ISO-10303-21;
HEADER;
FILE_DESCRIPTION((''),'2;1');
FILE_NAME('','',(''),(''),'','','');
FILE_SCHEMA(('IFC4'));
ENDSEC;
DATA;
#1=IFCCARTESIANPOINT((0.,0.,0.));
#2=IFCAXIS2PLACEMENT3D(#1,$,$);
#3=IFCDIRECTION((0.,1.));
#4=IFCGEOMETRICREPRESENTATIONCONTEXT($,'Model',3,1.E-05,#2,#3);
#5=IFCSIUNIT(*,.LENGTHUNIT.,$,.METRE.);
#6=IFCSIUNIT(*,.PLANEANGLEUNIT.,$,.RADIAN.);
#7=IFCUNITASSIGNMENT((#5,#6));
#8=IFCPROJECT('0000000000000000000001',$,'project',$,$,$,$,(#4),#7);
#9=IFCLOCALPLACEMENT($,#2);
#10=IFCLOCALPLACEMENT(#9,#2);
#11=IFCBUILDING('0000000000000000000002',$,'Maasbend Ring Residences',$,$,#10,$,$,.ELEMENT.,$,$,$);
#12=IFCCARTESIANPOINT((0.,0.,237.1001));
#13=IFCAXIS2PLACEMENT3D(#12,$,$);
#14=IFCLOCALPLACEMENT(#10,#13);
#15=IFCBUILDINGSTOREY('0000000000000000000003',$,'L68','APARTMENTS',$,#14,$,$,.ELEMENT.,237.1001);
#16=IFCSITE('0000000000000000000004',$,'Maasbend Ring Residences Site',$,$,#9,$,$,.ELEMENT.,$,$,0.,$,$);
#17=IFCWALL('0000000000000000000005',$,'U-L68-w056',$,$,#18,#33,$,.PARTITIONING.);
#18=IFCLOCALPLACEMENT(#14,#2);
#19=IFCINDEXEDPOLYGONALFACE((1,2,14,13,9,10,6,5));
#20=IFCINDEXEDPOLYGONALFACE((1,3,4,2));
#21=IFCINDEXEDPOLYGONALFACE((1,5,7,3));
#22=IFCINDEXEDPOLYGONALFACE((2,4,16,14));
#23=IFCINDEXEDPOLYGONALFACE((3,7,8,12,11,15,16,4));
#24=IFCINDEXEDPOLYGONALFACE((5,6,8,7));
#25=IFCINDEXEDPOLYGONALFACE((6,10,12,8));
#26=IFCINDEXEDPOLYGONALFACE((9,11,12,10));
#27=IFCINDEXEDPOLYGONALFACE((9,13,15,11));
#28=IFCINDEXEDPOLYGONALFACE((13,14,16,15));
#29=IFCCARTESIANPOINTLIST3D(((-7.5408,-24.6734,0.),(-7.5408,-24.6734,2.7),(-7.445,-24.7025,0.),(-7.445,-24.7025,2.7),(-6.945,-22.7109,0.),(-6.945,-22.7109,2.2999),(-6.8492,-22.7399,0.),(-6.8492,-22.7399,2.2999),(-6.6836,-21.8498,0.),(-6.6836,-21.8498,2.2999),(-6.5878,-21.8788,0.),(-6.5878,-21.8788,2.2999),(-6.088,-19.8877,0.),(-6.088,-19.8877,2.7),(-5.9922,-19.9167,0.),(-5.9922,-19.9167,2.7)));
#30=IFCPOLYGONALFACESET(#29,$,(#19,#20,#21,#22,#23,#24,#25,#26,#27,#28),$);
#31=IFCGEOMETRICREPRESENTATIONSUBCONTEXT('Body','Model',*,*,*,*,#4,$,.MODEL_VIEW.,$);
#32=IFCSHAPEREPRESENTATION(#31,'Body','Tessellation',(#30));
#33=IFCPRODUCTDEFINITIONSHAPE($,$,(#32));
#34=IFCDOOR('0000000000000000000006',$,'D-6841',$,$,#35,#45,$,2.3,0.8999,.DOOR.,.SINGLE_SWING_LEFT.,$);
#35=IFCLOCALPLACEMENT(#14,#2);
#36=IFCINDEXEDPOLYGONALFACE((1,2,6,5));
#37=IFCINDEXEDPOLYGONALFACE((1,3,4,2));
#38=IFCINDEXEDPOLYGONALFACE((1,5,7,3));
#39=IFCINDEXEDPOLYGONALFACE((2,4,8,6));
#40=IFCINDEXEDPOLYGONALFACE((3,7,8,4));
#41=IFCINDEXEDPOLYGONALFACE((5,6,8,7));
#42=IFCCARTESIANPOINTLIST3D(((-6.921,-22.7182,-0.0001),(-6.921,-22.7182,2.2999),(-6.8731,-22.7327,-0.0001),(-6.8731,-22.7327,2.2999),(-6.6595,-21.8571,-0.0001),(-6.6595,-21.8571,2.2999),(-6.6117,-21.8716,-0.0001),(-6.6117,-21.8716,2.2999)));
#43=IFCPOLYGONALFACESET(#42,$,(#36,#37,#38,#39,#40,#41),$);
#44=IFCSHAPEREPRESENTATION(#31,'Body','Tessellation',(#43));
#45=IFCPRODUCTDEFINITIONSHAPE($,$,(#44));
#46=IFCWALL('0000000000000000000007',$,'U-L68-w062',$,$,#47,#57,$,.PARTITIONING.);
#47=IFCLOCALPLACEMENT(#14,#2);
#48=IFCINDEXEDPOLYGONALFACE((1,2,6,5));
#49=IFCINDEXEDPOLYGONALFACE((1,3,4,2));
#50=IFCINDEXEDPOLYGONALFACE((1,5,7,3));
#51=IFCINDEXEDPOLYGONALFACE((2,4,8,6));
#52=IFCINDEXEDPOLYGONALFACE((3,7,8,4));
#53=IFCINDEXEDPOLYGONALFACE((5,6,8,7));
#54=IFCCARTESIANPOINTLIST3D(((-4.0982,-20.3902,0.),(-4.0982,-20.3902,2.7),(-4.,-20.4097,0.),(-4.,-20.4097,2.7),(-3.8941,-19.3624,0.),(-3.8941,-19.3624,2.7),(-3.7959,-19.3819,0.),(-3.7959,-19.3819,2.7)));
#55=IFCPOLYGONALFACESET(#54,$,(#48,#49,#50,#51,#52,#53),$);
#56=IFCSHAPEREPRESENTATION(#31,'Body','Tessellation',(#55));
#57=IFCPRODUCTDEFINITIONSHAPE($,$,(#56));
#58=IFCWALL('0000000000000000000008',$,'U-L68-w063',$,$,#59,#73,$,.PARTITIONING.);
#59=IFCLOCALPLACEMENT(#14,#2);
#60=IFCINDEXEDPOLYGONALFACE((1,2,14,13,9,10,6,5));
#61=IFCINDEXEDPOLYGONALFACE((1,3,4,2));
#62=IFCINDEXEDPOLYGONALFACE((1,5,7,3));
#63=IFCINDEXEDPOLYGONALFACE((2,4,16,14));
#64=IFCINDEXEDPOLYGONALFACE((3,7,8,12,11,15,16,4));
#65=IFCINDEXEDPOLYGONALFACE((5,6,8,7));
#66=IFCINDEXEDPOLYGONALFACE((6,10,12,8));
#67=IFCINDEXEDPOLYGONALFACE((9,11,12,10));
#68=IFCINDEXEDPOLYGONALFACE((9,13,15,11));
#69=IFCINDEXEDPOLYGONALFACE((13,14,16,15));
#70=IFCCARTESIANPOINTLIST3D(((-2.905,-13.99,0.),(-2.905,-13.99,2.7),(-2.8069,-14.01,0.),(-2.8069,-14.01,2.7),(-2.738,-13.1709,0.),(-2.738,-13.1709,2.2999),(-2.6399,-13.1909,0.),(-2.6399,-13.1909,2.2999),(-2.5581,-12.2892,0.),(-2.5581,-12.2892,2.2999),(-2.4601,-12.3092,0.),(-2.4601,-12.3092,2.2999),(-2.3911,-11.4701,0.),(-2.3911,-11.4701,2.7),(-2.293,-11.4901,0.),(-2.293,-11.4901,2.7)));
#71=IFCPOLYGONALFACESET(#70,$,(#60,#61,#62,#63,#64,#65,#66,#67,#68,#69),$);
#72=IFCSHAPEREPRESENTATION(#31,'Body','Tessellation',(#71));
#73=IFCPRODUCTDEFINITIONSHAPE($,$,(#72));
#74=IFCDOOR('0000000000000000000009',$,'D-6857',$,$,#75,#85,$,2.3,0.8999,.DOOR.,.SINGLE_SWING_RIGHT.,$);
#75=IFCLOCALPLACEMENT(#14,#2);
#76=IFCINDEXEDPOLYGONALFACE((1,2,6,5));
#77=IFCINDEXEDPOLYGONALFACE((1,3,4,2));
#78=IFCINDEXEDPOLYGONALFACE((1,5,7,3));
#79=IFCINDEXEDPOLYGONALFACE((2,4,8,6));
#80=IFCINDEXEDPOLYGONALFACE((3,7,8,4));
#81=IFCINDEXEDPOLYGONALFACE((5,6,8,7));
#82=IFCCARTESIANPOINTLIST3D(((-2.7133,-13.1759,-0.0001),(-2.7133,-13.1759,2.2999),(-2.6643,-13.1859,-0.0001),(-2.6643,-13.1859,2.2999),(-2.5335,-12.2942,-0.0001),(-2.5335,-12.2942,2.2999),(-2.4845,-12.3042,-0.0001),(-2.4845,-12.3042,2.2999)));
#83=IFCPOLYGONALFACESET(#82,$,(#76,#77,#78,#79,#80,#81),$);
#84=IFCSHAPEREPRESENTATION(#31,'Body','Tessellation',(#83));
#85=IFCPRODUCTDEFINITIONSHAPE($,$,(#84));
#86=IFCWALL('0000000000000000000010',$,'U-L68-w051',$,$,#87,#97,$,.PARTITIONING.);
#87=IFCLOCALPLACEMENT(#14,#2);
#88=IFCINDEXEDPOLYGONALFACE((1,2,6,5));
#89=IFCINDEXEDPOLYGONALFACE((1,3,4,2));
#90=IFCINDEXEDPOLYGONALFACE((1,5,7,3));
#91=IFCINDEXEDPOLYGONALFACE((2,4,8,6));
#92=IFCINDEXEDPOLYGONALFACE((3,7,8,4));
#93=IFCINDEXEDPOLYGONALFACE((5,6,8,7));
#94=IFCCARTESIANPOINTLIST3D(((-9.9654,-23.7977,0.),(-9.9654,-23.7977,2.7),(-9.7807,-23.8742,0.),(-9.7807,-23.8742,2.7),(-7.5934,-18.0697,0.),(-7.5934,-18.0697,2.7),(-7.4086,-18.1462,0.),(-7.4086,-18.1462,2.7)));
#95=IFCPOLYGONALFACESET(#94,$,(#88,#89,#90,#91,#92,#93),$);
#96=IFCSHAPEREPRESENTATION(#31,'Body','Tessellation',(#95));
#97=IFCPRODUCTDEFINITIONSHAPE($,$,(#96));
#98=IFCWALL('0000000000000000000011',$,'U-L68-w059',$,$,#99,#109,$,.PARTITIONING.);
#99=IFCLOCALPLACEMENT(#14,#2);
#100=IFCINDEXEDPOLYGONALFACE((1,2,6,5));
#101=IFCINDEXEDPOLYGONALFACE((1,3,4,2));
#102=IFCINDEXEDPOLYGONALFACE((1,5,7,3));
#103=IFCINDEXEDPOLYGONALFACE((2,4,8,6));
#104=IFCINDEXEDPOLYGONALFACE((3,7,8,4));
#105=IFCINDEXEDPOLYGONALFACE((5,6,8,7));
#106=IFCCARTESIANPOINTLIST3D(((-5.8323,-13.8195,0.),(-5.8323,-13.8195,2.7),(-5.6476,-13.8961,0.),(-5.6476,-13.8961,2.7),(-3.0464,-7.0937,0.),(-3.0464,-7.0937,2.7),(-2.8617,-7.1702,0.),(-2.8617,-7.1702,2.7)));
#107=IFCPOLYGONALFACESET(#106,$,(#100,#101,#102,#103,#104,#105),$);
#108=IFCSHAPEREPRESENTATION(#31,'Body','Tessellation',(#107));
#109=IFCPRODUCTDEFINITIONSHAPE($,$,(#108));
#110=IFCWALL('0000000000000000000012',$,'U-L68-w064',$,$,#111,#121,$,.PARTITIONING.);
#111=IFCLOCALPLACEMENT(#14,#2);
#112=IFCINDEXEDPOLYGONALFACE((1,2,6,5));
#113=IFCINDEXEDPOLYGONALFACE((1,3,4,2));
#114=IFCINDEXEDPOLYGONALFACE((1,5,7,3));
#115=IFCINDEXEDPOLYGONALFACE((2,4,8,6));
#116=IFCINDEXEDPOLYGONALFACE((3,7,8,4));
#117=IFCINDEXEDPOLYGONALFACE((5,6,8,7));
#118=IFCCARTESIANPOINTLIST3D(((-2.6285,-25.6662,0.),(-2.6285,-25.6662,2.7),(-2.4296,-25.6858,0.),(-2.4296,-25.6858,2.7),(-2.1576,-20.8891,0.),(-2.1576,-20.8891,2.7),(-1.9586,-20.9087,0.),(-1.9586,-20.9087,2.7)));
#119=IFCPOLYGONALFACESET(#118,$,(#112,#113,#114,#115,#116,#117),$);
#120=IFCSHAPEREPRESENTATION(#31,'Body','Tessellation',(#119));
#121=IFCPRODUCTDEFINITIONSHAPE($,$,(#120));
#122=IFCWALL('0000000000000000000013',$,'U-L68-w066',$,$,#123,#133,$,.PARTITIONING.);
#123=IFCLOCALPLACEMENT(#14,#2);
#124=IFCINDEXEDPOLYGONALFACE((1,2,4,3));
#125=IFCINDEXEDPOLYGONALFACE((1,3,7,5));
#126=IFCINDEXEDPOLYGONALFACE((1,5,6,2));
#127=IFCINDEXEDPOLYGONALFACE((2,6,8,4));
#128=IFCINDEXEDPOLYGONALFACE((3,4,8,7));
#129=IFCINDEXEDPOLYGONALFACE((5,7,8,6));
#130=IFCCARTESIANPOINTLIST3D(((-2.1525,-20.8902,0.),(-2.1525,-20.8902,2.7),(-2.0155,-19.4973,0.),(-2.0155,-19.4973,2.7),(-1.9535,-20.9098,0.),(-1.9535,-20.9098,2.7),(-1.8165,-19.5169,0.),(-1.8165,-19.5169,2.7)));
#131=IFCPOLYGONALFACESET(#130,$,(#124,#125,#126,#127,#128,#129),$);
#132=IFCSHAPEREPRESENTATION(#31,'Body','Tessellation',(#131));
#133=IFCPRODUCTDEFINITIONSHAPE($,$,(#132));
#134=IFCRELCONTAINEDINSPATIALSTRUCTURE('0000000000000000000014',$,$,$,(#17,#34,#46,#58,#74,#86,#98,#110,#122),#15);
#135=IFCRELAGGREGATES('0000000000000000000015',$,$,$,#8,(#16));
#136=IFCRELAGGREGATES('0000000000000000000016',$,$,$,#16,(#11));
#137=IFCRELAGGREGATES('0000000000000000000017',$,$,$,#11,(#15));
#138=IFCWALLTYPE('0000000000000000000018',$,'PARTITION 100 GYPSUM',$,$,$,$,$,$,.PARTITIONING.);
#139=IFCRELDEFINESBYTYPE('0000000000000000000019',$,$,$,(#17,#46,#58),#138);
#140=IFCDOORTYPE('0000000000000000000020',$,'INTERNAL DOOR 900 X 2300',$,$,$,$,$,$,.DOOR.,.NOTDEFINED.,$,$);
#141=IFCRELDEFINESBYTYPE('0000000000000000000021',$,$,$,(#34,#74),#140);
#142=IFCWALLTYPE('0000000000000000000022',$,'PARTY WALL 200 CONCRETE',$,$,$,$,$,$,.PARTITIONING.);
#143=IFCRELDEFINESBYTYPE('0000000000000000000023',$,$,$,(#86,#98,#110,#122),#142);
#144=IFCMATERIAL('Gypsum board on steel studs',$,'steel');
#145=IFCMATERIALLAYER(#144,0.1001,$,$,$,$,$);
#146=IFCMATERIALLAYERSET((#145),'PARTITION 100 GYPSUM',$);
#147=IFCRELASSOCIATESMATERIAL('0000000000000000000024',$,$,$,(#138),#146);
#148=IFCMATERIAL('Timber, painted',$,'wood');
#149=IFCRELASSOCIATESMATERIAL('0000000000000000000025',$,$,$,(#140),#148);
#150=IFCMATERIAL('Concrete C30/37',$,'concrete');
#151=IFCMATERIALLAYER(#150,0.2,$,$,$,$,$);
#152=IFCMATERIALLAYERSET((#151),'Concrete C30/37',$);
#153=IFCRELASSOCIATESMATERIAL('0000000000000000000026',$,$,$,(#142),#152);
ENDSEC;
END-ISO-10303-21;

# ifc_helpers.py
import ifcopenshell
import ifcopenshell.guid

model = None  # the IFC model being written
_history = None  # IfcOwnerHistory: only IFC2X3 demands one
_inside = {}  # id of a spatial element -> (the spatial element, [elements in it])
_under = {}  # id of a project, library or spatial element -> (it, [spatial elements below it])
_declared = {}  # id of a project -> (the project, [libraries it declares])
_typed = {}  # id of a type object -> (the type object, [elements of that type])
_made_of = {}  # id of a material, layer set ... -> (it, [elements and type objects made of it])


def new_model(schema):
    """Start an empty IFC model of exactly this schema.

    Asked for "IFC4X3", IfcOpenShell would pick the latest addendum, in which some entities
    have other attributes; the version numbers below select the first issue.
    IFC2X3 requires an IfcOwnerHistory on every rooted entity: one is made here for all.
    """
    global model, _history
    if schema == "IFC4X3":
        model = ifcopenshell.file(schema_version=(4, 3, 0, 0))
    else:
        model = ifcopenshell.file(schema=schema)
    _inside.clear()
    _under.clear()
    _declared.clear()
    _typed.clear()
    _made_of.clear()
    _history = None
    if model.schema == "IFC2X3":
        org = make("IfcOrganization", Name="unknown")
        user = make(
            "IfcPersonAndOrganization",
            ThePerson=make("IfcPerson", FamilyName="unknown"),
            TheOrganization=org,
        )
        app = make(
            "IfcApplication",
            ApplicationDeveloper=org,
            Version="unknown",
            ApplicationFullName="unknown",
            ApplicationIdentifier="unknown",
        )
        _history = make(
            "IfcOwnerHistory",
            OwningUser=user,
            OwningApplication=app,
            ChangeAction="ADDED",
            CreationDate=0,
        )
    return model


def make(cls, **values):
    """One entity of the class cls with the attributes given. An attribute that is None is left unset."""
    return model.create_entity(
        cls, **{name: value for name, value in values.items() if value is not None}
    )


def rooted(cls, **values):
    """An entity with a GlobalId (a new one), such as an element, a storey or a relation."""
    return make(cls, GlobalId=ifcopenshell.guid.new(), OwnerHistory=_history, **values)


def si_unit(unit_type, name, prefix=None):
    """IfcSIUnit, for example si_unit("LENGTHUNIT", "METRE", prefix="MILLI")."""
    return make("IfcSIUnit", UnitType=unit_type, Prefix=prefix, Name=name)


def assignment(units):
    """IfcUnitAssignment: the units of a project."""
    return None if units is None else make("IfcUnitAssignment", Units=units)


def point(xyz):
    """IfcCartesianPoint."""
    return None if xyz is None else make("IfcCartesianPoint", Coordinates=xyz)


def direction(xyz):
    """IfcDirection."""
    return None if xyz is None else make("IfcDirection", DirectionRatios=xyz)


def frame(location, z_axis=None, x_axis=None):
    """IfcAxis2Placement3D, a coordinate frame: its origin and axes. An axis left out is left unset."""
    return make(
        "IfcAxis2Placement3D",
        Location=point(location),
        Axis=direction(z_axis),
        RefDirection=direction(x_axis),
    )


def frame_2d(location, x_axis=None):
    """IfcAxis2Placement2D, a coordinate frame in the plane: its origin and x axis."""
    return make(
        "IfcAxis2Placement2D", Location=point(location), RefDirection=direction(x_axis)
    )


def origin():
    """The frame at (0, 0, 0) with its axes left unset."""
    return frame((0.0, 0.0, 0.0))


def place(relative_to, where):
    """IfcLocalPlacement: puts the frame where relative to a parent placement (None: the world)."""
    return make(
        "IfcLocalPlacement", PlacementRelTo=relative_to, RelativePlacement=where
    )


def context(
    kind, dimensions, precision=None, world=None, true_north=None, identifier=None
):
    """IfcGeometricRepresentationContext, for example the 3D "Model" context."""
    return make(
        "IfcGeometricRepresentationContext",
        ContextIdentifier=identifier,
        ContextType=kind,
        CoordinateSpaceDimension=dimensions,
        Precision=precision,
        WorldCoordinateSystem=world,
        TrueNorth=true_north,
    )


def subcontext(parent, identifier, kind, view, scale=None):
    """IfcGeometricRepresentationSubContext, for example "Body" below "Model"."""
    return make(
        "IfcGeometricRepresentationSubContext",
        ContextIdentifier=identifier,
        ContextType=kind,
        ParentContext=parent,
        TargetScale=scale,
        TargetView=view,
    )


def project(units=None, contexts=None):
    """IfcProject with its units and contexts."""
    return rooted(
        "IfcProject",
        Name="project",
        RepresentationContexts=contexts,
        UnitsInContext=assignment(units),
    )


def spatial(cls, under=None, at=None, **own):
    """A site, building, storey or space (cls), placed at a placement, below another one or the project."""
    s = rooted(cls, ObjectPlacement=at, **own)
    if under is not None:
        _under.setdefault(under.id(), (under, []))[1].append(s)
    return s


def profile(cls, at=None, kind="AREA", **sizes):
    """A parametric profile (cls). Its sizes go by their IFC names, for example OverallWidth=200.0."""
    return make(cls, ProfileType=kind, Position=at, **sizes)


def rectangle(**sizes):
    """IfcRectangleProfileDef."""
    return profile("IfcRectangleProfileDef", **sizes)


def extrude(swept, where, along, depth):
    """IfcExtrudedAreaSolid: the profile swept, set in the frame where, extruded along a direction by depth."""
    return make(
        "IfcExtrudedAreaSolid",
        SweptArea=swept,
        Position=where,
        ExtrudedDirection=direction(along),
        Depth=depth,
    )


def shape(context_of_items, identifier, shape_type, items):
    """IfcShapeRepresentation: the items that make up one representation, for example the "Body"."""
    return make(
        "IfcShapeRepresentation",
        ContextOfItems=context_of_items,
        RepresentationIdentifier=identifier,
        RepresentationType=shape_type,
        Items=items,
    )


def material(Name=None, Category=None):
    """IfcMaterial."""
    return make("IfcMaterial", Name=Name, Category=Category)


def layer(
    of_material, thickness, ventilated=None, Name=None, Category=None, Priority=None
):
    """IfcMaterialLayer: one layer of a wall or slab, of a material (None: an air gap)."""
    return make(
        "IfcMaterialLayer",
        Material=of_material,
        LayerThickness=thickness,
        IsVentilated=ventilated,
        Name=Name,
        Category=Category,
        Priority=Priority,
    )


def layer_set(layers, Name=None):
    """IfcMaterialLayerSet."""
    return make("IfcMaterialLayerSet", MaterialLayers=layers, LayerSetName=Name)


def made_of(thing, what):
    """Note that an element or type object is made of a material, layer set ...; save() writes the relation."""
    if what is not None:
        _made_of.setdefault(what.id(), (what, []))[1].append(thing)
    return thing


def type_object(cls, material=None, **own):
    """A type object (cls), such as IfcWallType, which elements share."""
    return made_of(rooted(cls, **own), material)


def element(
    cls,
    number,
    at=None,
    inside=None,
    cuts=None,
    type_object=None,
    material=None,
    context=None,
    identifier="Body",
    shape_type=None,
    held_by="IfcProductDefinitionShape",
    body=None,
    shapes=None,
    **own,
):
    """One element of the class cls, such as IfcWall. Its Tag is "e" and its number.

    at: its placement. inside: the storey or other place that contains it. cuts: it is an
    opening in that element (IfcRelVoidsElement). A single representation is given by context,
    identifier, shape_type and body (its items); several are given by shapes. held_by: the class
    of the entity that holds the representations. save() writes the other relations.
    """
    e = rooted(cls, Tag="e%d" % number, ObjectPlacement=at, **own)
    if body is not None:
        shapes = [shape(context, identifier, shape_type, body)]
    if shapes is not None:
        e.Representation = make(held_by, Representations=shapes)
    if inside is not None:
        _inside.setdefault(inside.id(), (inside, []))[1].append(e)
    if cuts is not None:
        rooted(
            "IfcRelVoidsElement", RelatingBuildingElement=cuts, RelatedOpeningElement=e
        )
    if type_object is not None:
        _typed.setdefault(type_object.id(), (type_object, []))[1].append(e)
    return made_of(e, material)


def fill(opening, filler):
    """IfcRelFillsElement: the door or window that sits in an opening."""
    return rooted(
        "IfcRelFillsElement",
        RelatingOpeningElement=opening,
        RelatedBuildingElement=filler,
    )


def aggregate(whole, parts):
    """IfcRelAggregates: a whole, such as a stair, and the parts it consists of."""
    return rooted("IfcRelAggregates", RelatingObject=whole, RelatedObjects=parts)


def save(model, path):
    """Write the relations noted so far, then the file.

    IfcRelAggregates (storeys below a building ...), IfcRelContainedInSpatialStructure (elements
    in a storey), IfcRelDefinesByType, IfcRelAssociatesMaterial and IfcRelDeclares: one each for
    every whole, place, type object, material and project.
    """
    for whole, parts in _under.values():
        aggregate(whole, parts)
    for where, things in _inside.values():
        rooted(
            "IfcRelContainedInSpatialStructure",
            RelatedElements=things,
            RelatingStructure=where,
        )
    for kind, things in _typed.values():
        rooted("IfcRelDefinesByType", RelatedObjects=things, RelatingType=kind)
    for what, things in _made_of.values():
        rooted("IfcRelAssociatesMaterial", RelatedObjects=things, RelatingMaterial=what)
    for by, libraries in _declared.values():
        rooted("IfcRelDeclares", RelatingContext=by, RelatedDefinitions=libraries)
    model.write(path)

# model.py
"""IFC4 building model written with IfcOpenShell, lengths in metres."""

from ifc_helpers import new_model, si_unit, direction, frame, frame_2d, origin, place, context, subcontext, project, spatial, rectangle, extrude, material, layer, layer_set, type_object, element, fill, save


model = new_model("IFC4")

# Units and contexts
model_context = context("Model", 3, precision=1e-05, world=origin(), true_north=direction((0.0, 1.0)))
body_context = subcontext(model_context, "Body", "Model", "MODEL_VIEW")
ifc_project = project(units=[si_unit("LENGTHUNIT", "METRE"), si_unit("PLANEANGLEUNIT", "RADIAN")], contexts=[model_context])

# Site, building, storey
site_placement = place(None, origin())
site = spatial("IfcSite", under=ifc_project, at=site_placement, Name="Maasbend Ring Residences Site", CompositionType="ELEMENT", RefElevation=0.0)
building_placement = place(site_placement, origin())
building = spatial("IfcBuilding", under=site, at=building_placement, Name="Maasbend Ring Residences", CompositionType="ELEMENT")
storey_placement = place(building_placement, frame((0.0, 0.0, 237.1001)))
storey = spatial("IfcBuildingStorey", under=building, at=storey_placement, Name="L68", Description="APARTMENTS", CompositionType="ELEMENT", Elevation=237.1001)

# Shared definitions
ifc_material_1 = material(Name="Gypsum board on steel studs", Category="steel")
ifc_layer_1 = layer(ifc_material_1, 0.1001)
ifc_layer_set_1 = layer_set([ifc_layer_1], Name="PARTITION 100 GYPSUM")
wall_type_1 = type_object("IfcWallType", Name="PARTITION 100 GYPSUM", PredefinedType="PARTITIONING", material=ifc_layer_set_1)

# Wall, opening, door
ifc_material_2 = material(Name="Timber, painted", Category="wood")
door_type_1 = type_object("IfcDoorType", Name="INTERNAL DOOR 900 X 2300", OperationType="NOTDEFINED", PredefinedType="DOOR", material=ifc_material_2)
wall_1_placement = place(storey_placement, frame((-7.4929, -24.688, 0.0), z_axis=(0.0, 0.0, 1.0), x_axis=(0.290486, 0.956879, 0.0)))
wall_1 = element("IfcWall", 1, at=wall_1_placement, inside=storey, type_object=wall_type_1, Name="U-L68-w056", PredefinedType="PARTITIONING", context=body_context, shape_type="SweptSolid", body=[
    extrude(rectangle(XDim=5.0015, YDim=0.1001, at=frame_2d((2.5007, 0.0))), origin(), (0.0, 0.0, 1.0), 2.7),
])
opening_1_placement = place(wall_1_placement, frame((2.051, 0.0, 0.0)))
opening_1 = element("IfcOpeningElement", 2, at=opening_1_placement, cuts=wall_1, PredefinedType="OPENING", context=body_context, shape_type="SweptSolid", body=[
    extrude(rectangle(XDim=0.8999, YDim=2.3, at=frame_2d((0.45, 1.1499))), frame((0.0, 0.0601, 0.0), z_axis=(0.0, -1.0, 0.0), x_axis=(1.0, 0.0, 0.0)), (0.0, 0.0, 1.0), 0.1201),
])
door_1_placement = place(opening_1_placement, origin())
door_1 = element("IfcDoor", 3, at=door_1_placement, inside=storey, type_object=door_type_1, Name="D-6841", OperationType="SINGLE_SWING_LEFT", OverallHeight=2.3, OverallWidth=0.8999, PredefinedType="DOOR", context=body_context, shape_type="SweptSolid", body=[
    extrude(rectangle(XDim=0.8999, YDim=2.3, at=frame_2d((0.45, 1.1499))), frame((0.0, 0.0249, 0.0), z_axis=(0.0, -1.0, 0.0), x_axis=(1.0, 0.0, 0.0)), (0.0, 0.0, 1.0), 0.05),
])
fill(opening_1, door_1)

# Wall
wall_2_placement = place(storey_placement, frame((-4.0491, -20.3999, 0.0), z_axis=(0.0, 0.0, 1.0), x_axis=(0.194772, 0.980849, 0.0)))
element("IfcWall", 4, at=wall_2_placement, inside=storey, type_object=wall_type_1, Name="U-L68-w062", PredefinedType="PARTITIONING", context=body_context, shape_type="SweptSolid", body=[
    extrude(rectangle(XDim=1.0479, YDim=0.1001, at=frame_2d((0.5239, 0.0))), origin(), (0.0, 0.0, 1.0), 2.7),
])

# Wall, opening, door
wall_3_placement = place(storey_placement, frame((-2.856, -14.0, 0.0), z_axis=(0.0, 0.0, 1.0), x_axis=(0.199821, 0.979833, 0.0)))
wall_3 = element("IfcWall", 5, at=wall_3_placement, inside=storey, type_object=wall_type_1, Name="U-L68-w063", PredefinedType="PARTITIONING", context=body_context, shape_type="SweptSolid", body=[
    extrude(rectangle(XDim=2.5718, YDim=0.1001, at=frame_2d((1.2859, 0.0))), origin(), (0.0, 0.0, 1.0), 2.7),
])
opening_2_placement = place(wall_3_placement, frame((0.8359, 0.0, 0.0)))
opening_2 = element("IfcOpeningElement", 6, at=opening_2_placement, cuts=wall_3, PredefinedType="OPENING", context=body_context, shape_type="SweptSolid", body=[
    extrude(rectangle(XDim=0.8999, YDim=2.3, at=frame_2d((0.45, 1.1499))), frame((0.0, 0.0601, 0.0), z_axis=(0.0, -1.0, 0.0), x_axis=(1.0, 0.0, 0.0)), (0.0, 0.0, 1.0), 0.1201),
])
door_2_placement = place(opening_2_placement, origin())
door_2 = element("IfcDoor", 7, at=door_2_placement, inside=storey, type_object=door_type_1, Name="D-6857", OperationType="SINGLE_SWING_RIGHT", OverallHeight=2.3, OverallWidth=0.8999, PredefinedType="DOOR", context=body_context, shape_type="SweptSolid", body=[
    extrude(rectangle(XDim=0.8999, YDim=2.3, at=frame_2d((0.45, 1.1499))), frame((0.0, 0.0249, 0.0), z_axis=(0.0, -1.0, 0.0), x_axis=(1.0, 0.0, 0.0)), (0.0, 0.0, 1.0), 0.05),
])
fill(opening_2, door_2)

# Walls
ifc_material_3 = material(Name="Concrete C30/37", Category="concrete")
ifc_layer_2 = layer(ifc_material_3, 0.2)
ifc_layer_set_2 = layer_set([ifc_layer_2], Name="Concrete C30/37")
wall_type_2 = type_object("IfcWallType", Name="PARTY WALL 200 CONCRETE", PredefinedType="PARTITIONING", material=ifc_layer_set_2)
wall_4_placement = place(storey_placement, frame((-9.873, -23.8359, 0.0), z_axis=(0.0, 0.0, 1.0), x_axis=(0.382607, 0.923911, 0.0)))
element("IfcWall", 8, at=wall_4_placement, inside=storey, type_object=wall_type_2, Name="U-L68-w051", PredefinedType="PARTITIONING", context=body_context, shape_type="SweptSolid", body=[
    extrude(rectangle(XDim=6.1997, YDim=0.2, at=frame_2d((3.0999, 0.0))), origin(), (0.0, 0.0, 1.0), 2.7),
])
wall_5_placement = place(storey_placement, frame((-5.74, -13.8579, 0.0), z_axis=(0.0, 0.0, 1.0), x_axis=(0.382679, 0.923882, 0.0)))
element("IfcWall", 9, at=wall_5_placement, inside=storey, type_object=wall_type_2, Name="U-L68-w059", PredefinedType="PARTITIONING", context=body_context, shape_type="SweptSolid", body=[
    extrude(rectangle(XDim=7.28, YDim=0.2, at=frame_2d((3.6401, 0.0))), origin(), (0.0, 0.0, 1.0), 2.7),
])
wall_6_placement = place(storey_placement, frame((-2.5291, -25.676, 0.0), z_axis=(0.0, 0.0, 1.0), x_axis=(0.098109, 0.995176, 0.0)))
element("IfcWall", 10, at=wall_6_placement, inside=storey, type_object=wall_type_2, Name="U-L68-w064", PredefinedType="PARTITIONING", context=body_context, shape_type="SweptSolid", body=[
    extrude(rectangle(XDim=4.8003, YDim=0.2, at=frame_2d((2.4001, 0.0))), origin(), (0.0, 0.0, 1.0), 2.7),
])
wall_7_placement = place(storey_placement, frame((-2.053, -20.8999, 0.0), z_axis=(0.0, 0.0, 1.0), x_axis=(0.097863, 0.9952, 0.0)))
element("IfcWall", 11, at=wall_7_placement, inside=storey, type_object=wall_type_2, Name="U-L68-w066", PredefinedType="PARTITIONING", context=body_context, shape_type="SweptSolid", body=[
    extrude(rectangle(XDim=1.3997, YDim=0.2, at=frame_2d((0.6997, 0.0))), origin(), (0.0, 0.0, 1.0), 2.7),
])

save(model, "model.ifc")
